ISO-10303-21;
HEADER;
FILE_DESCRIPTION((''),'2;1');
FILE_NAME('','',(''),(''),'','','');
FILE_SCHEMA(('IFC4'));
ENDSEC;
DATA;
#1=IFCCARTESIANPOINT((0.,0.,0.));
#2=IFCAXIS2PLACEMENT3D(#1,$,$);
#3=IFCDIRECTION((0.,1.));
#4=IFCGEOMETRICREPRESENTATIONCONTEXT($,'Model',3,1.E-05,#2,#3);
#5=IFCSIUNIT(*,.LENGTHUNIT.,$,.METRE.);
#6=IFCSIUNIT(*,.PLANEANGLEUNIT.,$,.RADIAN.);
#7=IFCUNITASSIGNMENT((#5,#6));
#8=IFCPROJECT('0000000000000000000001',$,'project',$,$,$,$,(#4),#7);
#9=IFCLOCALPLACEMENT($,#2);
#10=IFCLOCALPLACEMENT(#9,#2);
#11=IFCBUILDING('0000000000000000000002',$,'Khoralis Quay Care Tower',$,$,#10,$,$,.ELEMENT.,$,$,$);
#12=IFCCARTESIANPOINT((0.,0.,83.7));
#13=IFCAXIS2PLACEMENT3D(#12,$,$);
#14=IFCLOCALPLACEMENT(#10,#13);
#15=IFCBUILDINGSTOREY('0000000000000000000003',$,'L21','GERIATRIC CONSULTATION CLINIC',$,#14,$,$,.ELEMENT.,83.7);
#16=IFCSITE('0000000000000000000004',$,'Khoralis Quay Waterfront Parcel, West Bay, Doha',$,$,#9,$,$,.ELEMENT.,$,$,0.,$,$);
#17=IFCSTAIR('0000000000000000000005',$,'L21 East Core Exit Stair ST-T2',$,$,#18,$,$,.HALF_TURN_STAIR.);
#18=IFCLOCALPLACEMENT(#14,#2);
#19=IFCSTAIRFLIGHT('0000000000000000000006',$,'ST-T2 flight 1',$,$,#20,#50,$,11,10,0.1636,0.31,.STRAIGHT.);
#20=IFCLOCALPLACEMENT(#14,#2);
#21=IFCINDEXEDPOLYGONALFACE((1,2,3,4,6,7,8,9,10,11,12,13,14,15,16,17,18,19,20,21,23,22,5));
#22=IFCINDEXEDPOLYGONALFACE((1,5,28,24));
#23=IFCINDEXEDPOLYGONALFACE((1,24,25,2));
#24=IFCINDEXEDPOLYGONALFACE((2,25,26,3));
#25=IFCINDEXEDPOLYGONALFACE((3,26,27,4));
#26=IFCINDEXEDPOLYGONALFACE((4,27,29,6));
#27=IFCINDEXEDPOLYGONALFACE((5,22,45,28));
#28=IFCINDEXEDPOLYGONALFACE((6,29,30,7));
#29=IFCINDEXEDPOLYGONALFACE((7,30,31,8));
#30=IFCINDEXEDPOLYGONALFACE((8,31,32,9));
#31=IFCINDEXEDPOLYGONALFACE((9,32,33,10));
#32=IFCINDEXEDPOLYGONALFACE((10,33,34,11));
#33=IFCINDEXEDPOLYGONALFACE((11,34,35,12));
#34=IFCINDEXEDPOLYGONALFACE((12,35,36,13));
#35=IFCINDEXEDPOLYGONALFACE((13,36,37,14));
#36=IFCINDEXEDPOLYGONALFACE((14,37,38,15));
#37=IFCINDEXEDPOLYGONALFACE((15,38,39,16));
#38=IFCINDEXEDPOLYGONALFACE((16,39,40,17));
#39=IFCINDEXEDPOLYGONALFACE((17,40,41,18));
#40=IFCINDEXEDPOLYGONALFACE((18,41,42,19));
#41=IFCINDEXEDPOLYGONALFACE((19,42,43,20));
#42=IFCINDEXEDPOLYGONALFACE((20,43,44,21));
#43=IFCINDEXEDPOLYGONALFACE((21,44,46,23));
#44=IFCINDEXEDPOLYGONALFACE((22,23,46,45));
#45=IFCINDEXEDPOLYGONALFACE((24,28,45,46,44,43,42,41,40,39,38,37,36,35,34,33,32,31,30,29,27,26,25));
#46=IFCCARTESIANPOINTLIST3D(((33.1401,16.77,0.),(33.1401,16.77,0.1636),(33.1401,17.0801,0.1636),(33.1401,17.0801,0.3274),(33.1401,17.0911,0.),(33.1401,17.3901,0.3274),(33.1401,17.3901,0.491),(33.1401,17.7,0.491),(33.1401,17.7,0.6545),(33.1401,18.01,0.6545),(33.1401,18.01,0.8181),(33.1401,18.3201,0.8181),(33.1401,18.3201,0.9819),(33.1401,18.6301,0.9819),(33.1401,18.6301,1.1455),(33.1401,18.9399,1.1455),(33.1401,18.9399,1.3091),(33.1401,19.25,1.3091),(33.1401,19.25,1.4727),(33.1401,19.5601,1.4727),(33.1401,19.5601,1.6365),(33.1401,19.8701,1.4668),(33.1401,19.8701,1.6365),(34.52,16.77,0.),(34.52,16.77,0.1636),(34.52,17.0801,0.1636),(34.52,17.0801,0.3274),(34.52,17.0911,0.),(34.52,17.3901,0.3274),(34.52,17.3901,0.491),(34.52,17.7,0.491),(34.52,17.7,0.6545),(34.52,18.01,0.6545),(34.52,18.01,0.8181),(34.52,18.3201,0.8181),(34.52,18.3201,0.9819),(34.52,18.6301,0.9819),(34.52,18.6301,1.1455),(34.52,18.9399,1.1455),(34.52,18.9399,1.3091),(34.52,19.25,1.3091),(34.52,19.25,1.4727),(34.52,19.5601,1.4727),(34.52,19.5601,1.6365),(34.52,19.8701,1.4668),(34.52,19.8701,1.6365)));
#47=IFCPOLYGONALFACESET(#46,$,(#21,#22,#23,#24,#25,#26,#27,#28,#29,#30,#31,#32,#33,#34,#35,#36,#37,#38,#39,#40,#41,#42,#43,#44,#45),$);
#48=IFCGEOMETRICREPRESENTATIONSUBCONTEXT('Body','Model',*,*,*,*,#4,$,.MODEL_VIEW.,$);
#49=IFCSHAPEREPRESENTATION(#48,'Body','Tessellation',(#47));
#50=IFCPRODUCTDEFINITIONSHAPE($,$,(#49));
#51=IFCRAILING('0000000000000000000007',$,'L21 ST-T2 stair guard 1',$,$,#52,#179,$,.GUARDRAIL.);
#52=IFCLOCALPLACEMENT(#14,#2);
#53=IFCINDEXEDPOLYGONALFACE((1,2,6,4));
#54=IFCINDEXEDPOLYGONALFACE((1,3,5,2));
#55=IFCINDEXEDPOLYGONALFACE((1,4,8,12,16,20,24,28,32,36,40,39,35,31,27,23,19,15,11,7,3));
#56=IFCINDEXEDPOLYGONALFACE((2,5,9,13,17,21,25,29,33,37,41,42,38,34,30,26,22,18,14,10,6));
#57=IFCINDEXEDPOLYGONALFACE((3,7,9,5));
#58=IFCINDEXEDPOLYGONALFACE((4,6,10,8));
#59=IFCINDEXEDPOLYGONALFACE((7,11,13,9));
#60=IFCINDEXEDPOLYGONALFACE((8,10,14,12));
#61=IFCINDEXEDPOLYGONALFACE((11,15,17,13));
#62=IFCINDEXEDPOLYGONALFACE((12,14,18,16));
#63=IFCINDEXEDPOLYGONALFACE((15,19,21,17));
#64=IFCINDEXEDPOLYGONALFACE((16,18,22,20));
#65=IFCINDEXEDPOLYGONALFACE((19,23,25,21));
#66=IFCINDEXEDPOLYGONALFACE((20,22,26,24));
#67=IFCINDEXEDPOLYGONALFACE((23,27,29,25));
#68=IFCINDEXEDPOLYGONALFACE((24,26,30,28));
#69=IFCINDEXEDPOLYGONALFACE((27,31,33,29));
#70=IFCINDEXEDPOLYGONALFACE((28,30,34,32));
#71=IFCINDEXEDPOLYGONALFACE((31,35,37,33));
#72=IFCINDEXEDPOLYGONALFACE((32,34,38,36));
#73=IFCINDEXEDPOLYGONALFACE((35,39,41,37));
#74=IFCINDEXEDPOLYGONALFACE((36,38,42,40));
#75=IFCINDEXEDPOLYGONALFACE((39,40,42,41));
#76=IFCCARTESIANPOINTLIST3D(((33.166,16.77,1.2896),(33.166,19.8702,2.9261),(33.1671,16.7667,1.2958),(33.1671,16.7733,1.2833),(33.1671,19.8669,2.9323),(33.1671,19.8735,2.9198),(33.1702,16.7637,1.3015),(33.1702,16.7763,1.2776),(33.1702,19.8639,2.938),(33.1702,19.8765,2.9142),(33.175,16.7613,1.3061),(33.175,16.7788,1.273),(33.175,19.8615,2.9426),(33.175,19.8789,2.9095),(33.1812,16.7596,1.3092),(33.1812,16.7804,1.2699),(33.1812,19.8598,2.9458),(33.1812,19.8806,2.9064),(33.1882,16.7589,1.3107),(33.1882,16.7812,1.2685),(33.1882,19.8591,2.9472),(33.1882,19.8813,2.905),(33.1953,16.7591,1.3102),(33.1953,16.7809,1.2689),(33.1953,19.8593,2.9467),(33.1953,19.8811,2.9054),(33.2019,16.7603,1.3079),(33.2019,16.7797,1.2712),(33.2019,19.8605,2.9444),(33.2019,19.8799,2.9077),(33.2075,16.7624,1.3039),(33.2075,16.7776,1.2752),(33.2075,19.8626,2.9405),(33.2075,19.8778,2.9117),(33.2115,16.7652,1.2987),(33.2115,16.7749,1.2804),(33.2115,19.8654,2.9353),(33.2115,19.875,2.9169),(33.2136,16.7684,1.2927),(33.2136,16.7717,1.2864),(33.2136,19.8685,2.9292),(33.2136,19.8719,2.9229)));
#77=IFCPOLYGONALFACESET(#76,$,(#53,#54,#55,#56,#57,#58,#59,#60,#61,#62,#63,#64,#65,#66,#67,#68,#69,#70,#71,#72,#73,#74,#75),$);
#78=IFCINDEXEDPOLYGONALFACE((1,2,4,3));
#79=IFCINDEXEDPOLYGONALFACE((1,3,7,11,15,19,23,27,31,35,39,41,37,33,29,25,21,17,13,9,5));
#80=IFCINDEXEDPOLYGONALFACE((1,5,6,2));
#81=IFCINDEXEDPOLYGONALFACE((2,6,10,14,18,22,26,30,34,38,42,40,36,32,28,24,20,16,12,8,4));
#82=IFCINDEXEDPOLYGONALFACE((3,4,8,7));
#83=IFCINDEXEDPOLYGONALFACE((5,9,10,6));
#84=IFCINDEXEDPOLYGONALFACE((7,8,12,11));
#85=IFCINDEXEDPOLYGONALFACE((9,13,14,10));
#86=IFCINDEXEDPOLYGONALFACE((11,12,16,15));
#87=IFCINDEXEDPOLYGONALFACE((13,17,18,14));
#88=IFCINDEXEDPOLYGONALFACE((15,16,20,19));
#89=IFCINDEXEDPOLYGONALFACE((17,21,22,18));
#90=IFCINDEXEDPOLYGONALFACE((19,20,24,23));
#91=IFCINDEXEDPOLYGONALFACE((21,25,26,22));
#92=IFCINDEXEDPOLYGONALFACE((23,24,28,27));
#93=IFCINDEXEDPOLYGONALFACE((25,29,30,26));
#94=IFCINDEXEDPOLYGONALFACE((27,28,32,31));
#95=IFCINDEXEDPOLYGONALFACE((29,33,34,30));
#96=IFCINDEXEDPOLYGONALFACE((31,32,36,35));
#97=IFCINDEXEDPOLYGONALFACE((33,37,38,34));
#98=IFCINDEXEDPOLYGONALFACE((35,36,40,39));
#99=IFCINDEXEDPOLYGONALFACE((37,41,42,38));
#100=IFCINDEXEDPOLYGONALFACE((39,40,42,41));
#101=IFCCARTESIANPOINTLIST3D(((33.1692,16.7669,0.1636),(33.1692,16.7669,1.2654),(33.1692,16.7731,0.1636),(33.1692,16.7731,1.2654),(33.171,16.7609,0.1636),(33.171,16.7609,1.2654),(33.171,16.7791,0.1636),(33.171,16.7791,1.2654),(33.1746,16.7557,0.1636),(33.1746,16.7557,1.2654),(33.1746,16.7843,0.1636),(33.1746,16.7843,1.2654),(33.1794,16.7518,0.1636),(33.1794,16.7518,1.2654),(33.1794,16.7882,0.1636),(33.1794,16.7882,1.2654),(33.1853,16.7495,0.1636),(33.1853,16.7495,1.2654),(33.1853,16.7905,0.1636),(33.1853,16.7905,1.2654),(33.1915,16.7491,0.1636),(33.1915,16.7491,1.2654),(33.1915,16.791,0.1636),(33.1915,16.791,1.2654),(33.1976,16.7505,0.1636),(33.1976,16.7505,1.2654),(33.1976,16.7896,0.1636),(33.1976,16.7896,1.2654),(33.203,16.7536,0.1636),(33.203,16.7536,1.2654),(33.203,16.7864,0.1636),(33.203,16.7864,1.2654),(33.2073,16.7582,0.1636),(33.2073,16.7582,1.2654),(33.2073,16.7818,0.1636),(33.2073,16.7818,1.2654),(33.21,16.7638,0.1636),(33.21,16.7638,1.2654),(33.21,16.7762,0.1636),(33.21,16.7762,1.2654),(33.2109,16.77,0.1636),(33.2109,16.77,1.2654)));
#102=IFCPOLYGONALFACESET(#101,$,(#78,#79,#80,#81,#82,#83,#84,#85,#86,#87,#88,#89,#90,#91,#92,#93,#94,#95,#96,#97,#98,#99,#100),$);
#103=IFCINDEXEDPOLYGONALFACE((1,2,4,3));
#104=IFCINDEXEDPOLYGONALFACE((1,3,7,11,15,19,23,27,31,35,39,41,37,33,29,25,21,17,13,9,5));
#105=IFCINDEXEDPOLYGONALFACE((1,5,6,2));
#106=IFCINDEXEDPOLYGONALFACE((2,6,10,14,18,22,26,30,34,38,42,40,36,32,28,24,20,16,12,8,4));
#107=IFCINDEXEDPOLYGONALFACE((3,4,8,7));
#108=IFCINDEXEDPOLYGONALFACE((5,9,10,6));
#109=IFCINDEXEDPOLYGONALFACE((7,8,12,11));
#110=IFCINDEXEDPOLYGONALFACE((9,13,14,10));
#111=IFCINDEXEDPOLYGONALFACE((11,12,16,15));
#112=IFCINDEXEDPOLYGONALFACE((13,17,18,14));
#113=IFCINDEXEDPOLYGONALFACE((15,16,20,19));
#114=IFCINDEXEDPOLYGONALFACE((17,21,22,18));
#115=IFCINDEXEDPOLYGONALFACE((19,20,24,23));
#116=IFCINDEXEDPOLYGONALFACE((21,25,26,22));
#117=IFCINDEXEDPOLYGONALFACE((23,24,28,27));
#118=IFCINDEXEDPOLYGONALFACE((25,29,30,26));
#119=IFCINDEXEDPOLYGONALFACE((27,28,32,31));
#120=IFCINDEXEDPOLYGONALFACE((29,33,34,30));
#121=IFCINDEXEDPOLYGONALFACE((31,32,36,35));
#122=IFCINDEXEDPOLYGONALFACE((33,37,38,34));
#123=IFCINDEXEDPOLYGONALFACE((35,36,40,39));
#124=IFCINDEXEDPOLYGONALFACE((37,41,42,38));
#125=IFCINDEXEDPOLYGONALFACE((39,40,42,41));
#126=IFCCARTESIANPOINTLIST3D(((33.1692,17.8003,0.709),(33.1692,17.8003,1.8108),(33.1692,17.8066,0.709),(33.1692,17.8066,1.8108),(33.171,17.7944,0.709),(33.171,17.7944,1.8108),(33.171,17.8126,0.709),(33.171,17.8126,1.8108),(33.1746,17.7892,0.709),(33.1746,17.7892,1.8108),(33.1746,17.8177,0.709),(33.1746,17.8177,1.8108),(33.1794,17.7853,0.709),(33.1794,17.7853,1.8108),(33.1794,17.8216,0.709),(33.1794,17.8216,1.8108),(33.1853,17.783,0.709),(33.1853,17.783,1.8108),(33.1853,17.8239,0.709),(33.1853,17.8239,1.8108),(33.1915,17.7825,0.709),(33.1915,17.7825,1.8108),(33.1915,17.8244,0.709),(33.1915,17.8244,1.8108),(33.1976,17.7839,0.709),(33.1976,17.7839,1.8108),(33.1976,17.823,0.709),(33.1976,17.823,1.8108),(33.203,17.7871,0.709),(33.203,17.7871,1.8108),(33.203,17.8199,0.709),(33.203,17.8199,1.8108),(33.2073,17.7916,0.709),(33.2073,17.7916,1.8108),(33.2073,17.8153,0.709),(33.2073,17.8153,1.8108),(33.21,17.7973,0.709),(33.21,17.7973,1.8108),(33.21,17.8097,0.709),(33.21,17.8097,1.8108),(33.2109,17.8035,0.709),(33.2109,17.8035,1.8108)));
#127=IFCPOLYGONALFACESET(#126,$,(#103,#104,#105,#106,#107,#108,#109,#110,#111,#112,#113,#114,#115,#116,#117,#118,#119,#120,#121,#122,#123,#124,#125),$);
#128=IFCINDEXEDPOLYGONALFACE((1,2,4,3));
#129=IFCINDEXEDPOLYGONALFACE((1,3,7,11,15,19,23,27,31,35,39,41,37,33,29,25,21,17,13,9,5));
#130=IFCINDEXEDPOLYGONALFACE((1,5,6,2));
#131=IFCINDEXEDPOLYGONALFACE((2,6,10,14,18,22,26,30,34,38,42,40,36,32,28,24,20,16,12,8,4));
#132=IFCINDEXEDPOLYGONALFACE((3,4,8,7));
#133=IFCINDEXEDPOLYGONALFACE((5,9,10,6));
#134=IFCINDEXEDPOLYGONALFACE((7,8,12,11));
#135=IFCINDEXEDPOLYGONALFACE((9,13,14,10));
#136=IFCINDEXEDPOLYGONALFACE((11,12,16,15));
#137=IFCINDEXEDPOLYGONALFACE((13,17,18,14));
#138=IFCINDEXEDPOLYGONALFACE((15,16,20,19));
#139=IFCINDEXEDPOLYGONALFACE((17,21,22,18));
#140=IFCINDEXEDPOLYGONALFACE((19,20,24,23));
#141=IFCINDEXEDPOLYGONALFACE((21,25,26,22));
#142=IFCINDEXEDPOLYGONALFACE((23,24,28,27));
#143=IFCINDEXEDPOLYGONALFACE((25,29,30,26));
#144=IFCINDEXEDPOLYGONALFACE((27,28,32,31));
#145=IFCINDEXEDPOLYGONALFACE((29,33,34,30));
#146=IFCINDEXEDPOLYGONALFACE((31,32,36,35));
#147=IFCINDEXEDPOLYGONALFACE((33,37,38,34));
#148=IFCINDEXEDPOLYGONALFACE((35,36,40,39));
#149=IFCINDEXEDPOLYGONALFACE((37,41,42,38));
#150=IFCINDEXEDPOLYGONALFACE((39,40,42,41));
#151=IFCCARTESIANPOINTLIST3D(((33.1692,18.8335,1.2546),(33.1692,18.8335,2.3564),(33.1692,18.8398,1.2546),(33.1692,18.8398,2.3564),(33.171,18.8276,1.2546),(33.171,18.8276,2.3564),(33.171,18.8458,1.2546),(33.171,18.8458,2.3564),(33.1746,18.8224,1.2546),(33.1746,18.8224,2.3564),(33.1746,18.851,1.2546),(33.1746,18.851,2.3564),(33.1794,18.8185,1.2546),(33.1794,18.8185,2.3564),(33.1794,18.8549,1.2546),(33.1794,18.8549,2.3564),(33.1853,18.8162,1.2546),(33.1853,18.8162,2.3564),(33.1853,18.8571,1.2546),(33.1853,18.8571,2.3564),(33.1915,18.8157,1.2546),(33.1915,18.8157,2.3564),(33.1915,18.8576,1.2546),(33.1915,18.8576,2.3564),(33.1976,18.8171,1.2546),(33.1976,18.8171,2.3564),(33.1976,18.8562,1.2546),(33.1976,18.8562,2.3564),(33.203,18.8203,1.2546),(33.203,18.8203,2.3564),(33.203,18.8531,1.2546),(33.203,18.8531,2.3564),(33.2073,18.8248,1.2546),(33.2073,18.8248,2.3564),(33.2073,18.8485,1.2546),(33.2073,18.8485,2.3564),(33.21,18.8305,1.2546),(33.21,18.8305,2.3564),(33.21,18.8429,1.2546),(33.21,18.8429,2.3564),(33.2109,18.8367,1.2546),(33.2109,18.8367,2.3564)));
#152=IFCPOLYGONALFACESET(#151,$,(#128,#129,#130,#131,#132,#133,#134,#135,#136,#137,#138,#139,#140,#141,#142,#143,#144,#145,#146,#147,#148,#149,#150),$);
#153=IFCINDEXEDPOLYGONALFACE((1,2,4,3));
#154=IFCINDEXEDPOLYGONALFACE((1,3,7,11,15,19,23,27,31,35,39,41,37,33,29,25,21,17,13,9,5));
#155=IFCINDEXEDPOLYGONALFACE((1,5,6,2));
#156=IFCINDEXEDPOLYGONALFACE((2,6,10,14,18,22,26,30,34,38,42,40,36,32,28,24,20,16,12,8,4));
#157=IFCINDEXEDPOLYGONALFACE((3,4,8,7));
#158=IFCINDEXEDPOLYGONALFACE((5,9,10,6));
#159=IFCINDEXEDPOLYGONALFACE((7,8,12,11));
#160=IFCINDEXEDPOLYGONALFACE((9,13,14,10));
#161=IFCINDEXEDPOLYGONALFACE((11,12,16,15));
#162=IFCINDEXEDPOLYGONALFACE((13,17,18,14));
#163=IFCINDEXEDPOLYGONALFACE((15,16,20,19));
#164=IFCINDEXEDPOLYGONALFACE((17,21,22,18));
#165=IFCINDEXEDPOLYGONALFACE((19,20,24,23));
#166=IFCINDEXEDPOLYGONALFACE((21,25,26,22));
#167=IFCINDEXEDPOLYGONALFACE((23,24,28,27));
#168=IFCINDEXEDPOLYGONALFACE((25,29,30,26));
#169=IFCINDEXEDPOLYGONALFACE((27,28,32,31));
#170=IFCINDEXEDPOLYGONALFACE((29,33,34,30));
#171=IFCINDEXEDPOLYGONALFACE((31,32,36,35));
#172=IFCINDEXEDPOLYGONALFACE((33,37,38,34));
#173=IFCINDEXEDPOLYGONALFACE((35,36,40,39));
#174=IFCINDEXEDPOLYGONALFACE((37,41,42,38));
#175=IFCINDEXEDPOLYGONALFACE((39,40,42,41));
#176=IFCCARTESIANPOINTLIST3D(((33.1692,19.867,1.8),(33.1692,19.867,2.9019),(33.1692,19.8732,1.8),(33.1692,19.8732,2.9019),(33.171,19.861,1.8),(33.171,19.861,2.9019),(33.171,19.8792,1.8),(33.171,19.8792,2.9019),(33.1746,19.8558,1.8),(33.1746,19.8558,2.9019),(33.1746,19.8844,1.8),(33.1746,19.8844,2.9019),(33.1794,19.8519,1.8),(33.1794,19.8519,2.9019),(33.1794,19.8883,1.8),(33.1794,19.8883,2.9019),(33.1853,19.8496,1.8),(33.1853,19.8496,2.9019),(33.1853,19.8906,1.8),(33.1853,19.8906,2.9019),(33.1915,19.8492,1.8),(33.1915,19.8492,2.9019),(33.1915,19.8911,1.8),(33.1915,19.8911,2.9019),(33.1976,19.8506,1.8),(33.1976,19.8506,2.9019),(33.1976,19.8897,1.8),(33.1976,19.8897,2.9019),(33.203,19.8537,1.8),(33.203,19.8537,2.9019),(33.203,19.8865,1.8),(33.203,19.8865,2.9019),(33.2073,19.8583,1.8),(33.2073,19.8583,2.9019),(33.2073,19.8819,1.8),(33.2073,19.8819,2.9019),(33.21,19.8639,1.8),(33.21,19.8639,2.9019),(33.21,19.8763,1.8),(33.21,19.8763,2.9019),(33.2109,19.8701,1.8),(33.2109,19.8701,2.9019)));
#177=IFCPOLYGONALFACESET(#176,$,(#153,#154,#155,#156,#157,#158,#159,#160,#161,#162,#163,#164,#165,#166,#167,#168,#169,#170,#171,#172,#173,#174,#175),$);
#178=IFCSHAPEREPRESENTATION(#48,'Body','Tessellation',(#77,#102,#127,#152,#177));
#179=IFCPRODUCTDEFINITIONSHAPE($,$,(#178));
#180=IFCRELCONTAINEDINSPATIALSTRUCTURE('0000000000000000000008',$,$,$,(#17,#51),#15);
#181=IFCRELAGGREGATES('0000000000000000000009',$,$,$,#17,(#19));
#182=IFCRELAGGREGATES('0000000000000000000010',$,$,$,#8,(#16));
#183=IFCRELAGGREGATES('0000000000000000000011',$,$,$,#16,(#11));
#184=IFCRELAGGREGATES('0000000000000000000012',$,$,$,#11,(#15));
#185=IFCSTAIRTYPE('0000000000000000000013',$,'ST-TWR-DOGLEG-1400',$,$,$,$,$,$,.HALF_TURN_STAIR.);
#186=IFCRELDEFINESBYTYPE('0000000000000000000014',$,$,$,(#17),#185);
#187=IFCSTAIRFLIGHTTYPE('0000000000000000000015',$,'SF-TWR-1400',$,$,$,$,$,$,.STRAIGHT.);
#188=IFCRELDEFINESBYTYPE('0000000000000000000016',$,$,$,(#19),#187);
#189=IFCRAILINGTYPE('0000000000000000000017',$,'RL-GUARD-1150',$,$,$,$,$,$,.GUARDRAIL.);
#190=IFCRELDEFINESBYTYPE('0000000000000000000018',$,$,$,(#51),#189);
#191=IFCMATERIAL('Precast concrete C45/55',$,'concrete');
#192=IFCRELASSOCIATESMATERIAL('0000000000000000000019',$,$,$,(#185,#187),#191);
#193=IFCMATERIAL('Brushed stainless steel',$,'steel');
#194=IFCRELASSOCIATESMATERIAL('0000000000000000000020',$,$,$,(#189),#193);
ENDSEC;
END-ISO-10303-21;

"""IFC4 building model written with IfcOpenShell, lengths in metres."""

from ifc_helpers import new_model, si_unit, direction, frame, origin, origin_2d, place, context, subcontext, project, spatial, polyline, circle, outline, extrude, source, transform, mapped, material, type_object, element, aggregate, save


model = new_model("IFC4")

# Units and contexts
model_context = context("Model", 3, precision=1e-05, world=origin(), true_north=direction((0.0, 1.0)))
body_context = subcontext(model_context, "Body", "Model", "MODEL_VIEW")
ifc_project = project(units=[si_unit("LENGTHUNIT", "METRE"), si_unit("PLANEANGLEUNIT", "RADIAN")], contexts=[model_context])

# Site, building, storey
site_placement = place(None, origin())
site = spatial("IfcSite", under=ifc_project, at=site_placement, Name="Khoralis Quay Waterfront Parcel, West Bay, Doha", CompositionType="ELEMENT", RefElevation=0.0)
building_placement = place(site_placement, origin())
building = spatial("IfcBuilding", under=site, at=building_placement, Name="Khoralis Quay Care Tower", CompositionType="ELEMENT")
storey_placement = place(building_placement, frame((0.0, 0.0, 83.7)))
storey = spatial("IfcBuildingStorey", under=building, at=storey_placement, Name="L21", Description="GERIATRIC CONSULTATION CLINIC", CompositionType="ELEMENT", Elevation=83.7)

# Shared definitions
ifc_material_1 = material(Name="Brushed stainless steel", Category="steel")

# Stair, stair flight
ifc_material_2 = material(Name="Precast concrete C45/55", Category="concrete")
stair_type = type_object("IfcStairType", Name="ST-TWR-DOGLEG-1400", PredefinedType="HALF_TURN_STAIR", material=ifc_material_2)
stair_placement = place(storey_placement, origin())
stair = element("IfcStair", 1, at=stair_placement, inside=storey, type_object=stair_type, Name="L21 East Core Exit Stair ST-T2", PredefinedType="HALF_TURN_STAIR")
stair_flight_type = type_object("IfcStairFlightType", Name="SF-TWR-1400", PredefinedType="STRAIGHT", material=ifc_material_2)
shared_shape_1 = source(origin(), body_context, "Body", "SweptSolid", [
    extrude(outline(polyline([(0.0, 0.0), (0.0, 0.1636), (0.3101, 0.1636), (0.3101, 0.3274), (0.6201, 0.3274), (0.6201, 0.491), (0.9299, 0.491), (0.9299, 0.6545), (1.24, 0.6545), (1.24, 0.8181), (1.55, 0.8181), (1.55, 0.9819), (1.8601, 0.9819), (1.8601, 1.1455), (2.1699, 1.1455), (2.1699, 1.3091), (2.48, 1.3091), (2.48, 1.4727), (2.79, 1.4727), (2.79, 1.6365), (3.1001, 1.6365), (3.1001, 1.8), (3.1001, 1.4668), (0.321, 0.0), (0.0, 0.0)])), frame((0.0, 0.6899, 0.0), z_axis=(0.0, -1.0, 0.0), x_axis=(1.0, 0.0, 0.0)), (0.0, 0.0, 1.0), 1.3799),
])
stair_flight_placement = place(storey_placement, frame((33.8301, 16.77, 0.0), z_axis=(0.0, 0.0, 1.0), x_axis=(0.0, 1.0, 0.0)))
stair_flight = element("IfcStairFlight", 2, at=stair_flight_placement, type_object=stair_flight_type, Name="ST-T2 flight 1", NumberOfRisers=11, NumberOfTreads=10, PredefinedType="STRAIGHT", RiserHeight=0.1636, TreadLength=0.31, context=body_context, shape_type="MappedRepresentation", body=[
    mapped(shared_shape_1, transform((0.0, 0.0, 0.0), scale=1.0)),
])
aggregate(stair, [stair_flight])

# Railing
railing_type_1 = type_object("IfcRailingType", Name="RL-GUARD-1150", PredefinedType="GUARDRAIL", material=ifc_material_1)
railing_1_placement = place(storey_placement, frame((33.1899, 16.77, 0.1636)))
element("IfcRailing", 3, at=railing_1_placement, inside=storey, type_object=railing_type_1, Name="L21 ST-T2 stair guard 1", PredefinedType="GUARDRAIL", context=body_context, shape_type="SweptSolid", body=[
    extrude(circle(Radius=0.0239, at=origin_2d()), frame((0.0, 0.0, 1.126), z_axis=(0.0, 0.884348, 0.466828), x_axis=(-1.0, 0.0, 0.0)), (0.0, 0.0, 1.0), 3.5056),
    extrude(circle(Radius=0.021, at=origin_2d()), origin(), (0.0, 0.0, 1.0), 1.1018),
    extrude(circle(Radius=0.021, at=origin_2d()), frame((0.0, 1.0334, 0.5454)), (0.0, 0.0, 1.0), 1.1018),
    extrude(circle(Radius=0.021, at=origin_2d()), frame((0.0, 2.0667, 1.0911)), (0.0, 0.0, 1.0), 1.1018),
    extrude(circle(Radius=0.021, at=origin_2d()), frame((0.0, 3.1001, 1.6365)), (0.0, 0.0, 1.0), 1.1018),
])

save(model, "model.ifc")
